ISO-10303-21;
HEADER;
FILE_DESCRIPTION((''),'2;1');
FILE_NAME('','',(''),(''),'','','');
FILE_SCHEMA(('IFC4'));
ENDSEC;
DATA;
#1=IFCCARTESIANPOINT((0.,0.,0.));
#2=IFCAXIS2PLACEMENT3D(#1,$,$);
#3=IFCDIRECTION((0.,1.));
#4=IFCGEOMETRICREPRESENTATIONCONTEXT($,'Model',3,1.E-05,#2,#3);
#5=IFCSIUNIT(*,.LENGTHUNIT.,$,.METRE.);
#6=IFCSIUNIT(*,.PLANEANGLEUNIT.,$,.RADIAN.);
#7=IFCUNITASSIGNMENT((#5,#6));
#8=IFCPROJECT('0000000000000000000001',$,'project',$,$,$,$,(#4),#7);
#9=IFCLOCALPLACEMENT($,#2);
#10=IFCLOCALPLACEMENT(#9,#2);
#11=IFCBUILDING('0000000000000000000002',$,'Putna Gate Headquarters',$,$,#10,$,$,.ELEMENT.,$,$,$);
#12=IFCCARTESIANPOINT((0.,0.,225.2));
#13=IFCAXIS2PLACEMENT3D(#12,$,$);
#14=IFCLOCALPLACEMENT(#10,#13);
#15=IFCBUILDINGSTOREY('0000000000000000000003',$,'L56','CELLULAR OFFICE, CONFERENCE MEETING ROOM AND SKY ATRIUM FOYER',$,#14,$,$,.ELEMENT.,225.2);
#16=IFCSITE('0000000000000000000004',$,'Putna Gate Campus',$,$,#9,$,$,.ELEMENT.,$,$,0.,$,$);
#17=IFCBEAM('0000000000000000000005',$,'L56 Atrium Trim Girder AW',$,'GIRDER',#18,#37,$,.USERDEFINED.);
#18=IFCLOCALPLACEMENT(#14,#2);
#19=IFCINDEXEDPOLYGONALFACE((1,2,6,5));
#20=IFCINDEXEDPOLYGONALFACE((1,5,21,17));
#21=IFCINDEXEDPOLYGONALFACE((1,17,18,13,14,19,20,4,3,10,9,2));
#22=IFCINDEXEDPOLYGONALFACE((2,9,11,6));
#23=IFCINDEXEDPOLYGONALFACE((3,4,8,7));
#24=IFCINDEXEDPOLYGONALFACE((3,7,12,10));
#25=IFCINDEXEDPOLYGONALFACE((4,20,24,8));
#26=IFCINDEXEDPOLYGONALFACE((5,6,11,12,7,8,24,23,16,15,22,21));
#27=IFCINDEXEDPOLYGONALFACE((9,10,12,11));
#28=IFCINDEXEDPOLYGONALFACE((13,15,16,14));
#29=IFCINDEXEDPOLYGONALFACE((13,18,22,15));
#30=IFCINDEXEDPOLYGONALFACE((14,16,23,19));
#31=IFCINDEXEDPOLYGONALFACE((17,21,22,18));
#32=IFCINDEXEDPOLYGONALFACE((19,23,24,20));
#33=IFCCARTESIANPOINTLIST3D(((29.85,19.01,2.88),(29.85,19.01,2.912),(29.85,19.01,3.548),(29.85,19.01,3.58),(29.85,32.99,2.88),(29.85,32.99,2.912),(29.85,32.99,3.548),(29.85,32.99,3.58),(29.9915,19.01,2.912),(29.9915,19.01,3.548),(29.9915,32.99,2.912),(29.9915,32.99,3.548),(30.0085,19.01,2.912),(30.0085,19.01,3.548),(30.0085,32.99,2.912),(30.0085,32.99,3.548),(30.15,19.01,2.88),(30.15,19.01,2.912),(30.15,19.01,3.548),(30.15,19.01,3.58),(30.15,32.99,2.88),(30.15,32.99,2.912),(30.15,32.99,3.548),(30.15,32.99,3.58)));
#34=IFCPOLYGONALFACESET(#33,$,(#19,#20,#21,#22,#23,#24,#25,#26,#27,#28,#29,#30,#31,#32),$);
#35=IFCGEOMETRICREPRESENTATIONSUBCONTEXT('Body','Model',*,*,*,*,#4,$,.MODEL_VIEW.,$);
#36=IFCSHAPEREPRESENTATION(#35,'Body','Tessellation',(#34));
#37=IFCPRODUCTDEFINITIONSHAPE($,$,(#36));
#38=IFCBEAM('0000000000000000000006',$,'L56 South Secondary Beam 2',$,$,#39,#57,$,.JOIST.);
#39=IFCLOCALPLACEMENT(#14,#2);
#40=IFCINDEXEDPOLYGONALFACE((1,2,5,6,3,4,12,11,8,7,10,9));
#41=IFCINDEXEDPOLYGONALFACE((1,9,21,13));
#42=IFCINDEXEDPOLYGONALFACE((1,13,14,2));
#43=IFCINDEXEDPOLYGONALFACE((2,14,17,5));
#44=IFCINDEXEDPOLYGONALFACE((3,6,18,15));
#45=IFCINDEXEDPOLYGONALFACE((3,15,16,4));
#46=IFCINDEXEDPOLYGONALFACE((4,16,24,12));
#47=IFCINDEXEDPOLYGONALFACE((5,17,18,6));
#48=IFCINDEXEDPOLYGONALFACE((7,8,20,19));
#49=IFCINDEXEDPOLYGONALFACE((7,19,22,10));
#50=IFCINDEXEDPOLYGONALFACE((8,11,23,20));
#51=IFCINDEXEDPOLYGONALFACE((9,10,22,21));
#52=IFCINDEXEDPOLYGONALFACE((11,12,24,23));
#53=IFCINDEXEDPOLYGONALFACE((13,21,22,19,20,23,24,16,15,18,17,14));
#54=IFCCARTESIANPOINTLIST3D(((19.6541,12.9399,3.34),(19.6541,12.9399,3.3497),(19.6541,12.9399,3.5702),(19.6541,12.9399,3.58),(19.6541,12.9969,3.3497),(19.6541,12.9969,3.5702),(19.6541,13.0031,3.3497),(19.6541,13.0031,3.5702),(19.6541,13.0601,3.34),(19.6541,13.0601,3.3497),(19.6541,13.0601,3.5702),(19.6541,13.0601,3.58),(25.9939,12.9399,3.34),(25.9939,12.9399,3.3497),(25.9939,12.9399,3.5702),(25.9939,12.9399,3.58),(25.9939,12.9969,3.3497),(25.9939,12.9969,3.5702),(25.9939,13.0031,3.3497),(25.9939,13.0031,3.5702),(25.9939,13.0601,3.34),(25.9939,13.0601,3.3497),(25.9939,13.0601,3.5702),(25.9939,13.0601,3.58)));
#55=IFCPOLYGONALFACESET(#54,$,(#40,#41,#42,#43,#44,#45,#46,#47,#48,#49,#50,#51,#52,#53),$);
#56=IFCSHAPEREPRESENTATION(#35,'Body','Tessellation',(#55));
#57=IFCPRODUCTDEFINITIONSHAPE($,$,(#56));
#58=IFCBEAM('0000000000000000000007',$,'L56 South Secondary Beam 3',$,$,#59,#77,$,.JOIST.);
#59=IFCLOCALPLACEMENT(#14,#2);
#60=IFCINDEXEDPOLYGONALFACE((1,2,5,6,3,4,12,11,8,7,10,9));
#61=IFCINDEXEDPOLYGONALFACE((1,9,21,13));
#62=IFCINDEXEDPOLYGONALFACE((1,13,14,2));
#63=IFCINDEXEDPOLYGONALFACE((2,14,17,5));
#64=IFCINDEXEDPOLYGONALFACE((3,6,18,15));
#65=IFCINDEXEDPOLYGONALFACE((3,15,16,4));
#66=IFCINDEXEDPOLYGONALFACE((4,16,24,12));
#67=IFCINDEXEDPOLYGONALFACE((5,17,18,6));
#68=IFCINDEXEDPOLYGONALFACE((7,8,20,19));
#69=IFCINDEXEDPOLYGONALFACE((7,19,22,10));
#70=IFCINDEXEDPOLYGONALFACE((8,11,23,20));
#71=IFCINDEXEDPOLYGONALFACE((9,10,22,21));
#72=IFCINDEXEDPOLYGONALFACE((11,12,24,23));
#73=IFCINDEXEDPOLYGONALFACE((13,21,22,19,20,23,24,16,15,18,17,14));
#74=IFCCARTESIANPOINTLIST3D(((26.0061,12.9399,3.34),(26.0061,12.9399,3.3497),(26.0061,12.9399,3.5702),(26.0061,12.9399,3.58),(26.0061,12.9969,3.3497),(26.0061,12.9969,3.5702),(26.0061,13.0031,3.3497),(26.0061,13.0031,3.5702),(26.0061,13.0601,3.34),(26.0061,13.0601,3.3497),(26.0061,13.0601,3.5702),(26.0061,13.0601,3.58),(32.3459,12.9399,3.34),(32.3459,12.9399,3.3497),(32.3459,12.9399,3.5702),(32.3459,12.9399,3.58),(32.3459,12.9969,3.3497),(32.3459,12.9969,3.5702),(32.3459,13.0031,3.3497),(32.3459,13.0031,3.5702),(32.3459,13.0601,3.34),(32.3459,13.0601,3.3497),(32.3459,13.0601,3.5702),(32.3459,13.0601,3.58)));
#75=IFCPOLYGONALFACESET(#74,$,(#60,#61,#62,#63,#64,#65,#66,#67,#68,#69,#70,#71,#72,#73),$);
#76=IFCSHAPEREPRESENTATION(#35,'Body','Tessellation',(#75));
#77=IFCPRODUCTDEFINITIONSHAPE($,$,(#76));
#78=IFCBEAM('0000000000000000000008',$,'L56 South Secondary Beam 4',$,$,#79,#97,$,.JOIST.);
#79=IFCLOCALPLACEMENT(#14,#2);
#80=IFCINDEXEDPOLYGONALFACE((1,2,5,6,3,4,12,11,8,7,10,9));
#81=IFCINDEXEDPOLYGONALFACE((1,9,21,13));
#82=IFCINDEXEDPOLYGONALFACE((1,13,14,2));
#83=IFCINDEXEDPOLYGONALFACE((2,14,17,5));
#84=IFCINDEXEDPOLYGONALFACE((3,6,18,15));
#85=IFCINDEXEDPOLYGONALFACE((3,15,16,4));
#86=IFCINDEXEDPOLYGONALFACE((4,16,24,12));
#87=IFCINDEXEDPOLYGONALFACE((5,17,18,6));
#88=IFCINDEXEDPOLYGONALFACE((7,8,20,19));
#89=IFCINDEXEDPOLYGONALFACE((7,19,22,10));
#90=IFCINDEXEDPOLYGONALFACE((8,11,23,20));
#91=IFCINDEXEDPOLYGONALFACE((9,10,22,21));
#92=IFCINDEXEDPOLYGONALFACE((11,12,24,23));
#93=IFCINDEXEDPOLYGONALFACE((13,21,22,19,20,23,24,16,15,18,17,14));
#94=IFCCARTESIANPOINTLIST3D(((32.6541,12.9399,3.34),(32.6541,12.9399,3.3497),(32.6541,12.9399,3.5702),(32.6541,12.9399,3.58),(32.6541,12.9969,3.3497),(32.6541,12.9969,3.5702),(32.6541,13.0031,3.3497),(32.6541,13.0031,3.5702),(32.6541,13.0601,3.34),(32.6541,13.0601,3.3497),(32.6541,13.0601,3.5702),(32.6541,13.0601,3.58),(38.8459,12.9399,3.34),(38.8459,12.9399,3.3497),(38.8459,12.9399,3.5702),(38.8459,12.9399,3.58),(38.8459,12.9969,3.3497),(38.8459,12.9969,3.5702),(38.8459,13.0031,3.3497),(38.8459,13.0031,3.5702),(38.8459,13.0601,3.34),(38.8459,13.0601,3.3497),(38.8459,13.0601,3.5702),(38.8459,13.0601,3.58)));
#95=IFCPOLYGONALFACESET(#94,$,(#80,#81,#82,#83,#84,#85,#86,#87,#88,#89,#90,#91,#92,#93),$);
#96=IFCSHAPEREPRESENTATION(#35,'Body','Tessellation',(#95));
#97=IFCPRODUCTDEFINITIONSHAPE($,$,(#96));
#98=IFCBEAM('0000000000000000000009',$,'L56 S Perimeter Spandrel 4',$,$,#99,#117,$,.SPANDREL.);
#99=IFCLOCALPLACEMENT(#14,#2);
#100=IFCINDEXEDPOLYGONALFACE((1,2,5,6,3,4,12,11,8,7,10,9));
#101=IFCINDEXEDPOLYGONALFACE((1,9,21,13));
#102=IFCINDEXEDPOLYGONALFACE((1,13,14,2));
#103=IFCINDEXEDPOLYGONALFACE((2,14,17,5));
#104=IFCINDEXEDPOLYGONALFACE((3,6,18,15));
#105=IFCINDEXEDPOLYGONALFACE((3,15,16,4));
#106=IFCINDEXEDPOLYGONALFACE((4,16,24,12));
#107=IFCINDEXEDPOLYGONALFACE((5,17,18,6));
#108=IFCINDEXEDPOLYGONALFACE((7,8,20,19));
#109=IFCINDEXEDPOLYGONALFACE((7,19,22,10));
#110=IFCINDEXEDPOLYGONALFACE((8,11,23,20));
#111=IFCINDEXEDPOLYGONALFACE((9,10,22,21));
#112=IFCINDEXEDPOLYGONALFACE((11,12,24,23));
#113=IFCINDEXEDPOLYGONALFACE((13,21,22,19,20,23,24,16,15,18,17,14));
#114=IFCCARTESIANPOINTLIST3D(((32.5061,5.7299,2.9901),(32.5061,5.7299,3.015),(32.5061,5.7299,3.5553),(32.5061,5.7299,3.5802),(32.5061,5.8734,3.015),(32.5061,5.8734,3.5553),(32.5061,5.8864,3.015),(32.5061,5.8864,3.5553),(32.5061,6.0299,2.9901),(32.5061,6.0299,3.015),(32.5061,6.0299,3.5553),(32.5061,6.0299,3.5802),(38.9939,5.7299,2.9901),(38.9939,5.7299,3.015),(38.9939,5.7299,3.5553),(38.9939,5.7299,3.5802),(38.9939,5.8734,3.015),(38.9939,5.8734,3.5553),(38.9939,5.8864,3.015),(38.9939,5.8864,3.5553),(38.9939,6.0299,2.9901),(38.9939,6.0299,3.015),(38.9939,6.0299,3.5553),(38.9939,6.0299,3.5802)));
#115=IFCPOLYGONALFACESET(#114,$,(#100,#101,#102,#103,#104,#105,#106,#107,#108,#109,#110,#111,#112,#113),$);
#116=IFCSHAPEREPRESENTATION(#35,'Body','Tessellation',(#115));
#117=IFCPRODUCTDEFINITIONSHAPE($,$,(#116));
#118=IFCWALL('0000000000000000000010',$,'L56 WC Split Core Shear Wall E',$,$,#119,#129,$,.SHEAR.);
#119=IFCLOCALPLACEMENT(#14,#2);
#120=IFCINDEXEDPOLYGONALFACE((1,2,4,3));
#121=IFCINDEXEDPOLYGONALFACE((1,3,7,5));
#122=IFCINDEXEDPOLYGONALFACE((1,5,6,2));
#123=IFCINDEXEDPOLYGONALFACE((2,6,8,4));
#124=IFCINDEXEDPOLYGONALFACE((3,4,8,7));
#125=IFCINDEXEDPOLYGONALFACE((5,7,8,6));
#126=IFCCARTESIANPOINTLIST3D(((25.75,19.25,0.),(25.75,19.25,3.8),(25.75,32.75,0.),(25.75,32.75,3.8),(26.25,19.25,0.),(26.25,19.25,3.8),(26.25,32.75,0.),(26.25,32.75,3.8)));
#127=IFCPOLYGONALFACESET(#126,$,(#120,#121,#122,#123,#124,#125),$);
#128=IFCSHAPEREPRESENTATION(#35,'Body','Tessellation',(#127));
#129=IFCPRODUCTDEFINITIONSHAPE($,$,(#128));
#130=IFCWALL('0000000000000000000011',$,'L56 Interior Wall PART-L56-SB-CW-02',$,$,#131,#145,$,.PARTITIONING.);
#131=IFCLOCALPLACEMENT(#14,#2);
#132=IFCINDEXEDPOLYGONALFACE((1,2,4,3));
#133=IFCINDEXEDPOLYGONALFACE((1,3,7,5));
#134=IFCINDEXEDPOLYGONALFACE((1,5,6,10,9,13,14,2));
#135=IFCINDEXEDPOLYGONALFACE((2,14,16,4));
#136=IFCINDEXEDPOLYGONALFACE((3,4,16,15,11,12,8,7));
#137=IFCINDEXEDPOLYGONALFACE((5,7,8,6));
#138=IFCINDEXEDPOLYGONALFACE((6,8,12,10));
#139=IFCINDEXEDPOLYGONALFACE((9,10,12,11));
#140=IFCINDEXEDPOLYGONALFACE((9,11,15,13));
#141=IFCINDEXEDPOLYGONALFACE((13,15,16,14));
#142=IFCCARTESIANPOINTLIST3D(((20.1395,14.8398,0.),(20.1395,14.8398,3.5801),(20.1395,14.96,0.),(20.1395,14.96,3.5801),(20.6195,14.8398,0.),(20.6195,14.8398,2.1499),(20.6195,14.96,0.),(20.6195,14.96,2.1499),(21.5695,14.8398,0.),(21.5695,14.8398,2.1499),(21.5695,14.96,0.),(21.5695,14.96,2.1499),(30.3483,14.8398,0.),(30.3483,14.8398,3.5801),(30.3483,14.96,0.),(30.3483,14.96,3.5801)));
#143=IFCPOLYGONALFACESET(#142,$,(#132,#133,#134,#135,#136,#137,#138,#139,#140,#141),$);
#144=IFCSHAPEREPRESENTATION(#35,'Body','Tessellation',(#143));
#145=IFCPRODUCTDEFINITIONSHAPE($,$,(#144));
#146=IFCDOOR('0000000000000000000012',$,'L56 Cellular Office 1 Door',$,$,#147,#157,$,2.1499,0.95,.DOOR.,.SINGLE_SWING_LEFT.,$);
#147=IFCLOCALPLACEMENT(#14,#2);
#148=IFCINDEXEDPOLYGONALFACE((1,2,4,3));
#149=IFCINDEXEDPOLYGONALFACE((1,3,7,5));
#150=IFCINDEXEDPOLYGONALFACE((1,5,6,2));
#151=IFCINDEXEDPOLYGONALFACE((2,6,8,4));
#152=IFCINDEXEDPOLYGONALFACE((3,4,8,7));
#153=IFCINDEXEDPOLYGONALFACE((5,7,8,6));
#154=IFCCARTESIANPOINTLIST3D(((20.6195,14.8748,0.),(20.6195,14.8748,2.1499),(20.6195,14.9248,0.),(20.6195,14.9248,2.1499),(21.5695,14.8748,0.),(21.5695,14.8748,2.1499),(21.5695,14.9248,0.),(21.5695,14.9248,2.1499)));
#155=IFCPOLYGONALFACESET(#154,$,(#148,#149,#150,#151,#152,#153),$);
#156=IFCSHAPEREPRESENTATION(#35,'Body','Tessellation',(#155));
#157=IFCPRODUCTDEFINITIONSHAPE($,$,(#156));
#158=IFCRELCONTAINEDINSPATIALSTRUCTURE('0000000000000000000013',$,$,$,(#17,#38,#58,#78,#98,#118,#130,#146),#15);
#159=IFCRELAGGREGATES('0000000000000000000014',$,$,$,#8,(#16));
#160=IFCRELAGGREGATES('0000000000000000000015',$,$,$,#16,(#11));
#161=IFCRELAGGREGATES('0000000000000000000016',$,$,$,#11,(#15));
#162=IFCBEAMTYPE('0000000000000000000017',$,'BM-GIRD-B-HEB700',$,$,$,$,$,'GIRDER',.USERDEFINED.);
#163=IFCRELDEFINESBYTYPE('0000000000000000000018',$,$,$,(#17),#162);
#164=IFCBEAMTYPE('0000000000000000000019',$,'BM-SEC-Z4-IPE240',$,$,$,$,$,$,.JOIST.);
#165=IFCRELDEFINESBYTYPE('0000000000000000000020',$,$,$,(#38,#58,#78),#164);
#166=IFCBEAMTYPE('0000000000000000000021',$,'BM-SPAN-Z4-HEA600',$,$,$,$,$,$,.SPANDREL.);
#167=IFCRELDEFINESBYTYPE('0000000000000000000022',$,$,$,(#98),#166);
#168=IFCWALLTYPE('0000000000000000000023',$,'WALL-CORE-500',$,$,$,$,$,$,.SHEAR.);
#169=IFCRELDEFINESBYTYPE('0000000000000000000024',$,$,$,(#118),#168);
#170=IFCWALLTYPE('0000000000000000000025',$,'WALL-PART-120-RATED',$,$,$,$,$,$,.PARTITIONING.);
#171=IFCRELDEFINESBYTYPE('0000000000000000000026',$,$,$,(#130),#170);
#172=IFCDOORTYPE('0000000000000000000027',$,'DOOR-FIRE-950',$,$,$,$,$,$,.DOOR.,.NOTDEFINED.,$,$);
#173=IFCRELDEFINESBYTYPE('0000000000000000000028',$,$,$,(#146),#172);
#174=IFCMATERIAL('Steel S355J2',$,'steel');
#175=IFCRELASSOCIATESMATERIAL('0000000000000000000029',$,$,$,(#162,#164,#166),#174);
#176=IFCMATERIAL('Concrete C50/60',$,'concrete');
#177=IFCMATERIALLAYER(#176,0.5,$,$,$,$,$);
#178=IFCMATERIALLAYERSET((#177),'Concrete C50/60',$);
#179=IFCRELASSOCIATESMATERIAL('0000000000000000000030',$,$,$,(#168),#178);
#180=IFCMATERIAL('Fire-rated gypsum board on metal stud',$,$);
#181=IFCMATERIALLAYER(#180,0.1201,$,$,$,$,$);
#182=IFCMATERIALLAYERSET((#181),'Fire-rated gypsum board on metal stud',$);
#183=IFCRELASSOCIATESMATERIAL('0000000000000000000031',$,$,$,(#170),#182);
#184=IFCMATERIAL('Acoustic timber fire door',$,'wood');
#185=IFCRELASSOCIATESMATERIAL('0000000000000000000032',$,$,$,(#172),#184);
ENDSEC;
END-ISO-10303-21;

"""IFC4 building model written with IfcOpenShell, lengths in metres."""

from ifc_helpers import new_model, si_unit, direction, frame, frame_2d, origin, origin_2d, place, context, subcontext, project, spatial, rectangle, i_section, extrude, material, layer, layer_set, material_profile, profile_set, type_object, element, fill, save


model = new_model("IFC4")

# Units and contexts
model_context = context("Model", 3, precision=1e-05, world=origin(), true_north=direction((0.0, 1.0)))
body_context = subcontext(model_context, "Body", "Model", "MODEL_VIEW")
ifc_project = project(units=[si_unit("LENGTHUNIT", "METRE"), si_unit("PLANEANGLEUNIT", "RADIAN")], contexts=[model_context])

# Site, building, storey
site_placement = place(None, origin())
site = spatial("IfcSite", under=ifc_project, at=site_placement, Name="Putna Gate Campus", CompositionType="ELEMENT", RefElevation=0.0)
building_placement = place(site_placement, origin())
building = spatial("IfcBuilding", under=site, at=building_placement, Name="Putna Gate Headquarters", CompositionType="ELEMENT")
storey_placement = place(building_placement, frame((0.0, 0.0, 225.2)))
storey = spatial("IfcBuildingStorey", under=building, at=storey_placement, Name="L56", Description="CELLULAR OFFICE, CONFERENCE MEETING ROOM AND SKY ATRIUM FOYER", CompositionType="ELEMENT", Elevation=225.2)

# Beams
ifc_material_1 = material(Name="Steel S355J2", Category="steel")
ifc_material_profile_1 = material_profile(ifc_material_1, i_section(OverallWidth=0.3, OverallDepth=0.7, WebThickness=0.0171, FlangeThickness=0.032, at=origin_2d()), Name="Steel S355J2")
ifc_profile_set_1 = profile_set([ifc_material_profile_1], Name="Steel S355J2")
beam_type_1 = type_object("IfcBeamType", Name="BM-GIRD-B-HEB700", ElementType="GIRDER", PredefinedType="USERDEFINED", material=ifc_profile_set_1)
beam_1_placement = place(storey_placement, frame((30.0, 19.01, 3.23), z_axis=(0.0, 1.0, 0.0), x_axis=(-1.0, 0.0, 0.0)))
element("IfcBeam", 1, at=beam_1_placement, inside=storey, type_object=beam_type_1, Name="L56 Atrium Trim Girder AW", ObjectType="GIRDER", PredefinedType="USERDEFINED", context=body_context, shape_type="SweptSolid", body=[
    extrude(i_section(OverallWidth=0.3, OverallDepth=0.7, WebThickness=0.0171, FlangeThickness=0.032, at=origin_2d()), origin(), (0.0, 0.0, 1.0), 13.98),
])
ifc_material_profile_2 = material_profile(ifc_material_1, i_section(OverallWidth=0.1201, OverallDepth=0.24, WebThickness=0.0061, FlangeThickness=0.0098, at=origin_2d()), Name="Steel S355J2")
ifc_profile_set_2 = profile_set([ifc_material_profile_2], Name="Steel S355J2")
beam_type_2 = type_object("IfcBeamType", Name="BM-SEC-Z4-IPE240", PredefinedType="JOIST", material=ifc_profile_set_2)
for number, where, z_axis, x_axis, name in (
    (2, (19.6541, 13.0, 3.46), (1.0, 0.0, 0.0), (0.0, 1.0, 0.0), "L56 South Secondary Beam 2"),
    (3, (26.0061, 13.0, 3.46), (1.0, 0.0, 0.0), (0.0, 1.0, 0.0), "L56 South Secondary Beam 3"),
):
    element("IfcBeam", number, at=place(storey_placement, frame(where, z_axis=z_axis, x_axis=x_axis)), inside=storey, type_object=beam_type_2, Name=name, PredefinedType="JOIST", context=body_context, shape_type="SweptSolid", body=[
        extrude(i_section(OverallWidth=0.1201, OverallDepth=0.24, WebThickness=0.0061, FlangeThickness=0.0098, at=origin_2d()), origin(), (0.0, 0.0, 1.0), 6.3398),
    ])
beam_2_placement = place(storey_placement, frame((32.6541, 13.0, 3.46), z_axis=(1.0, 0.0, 0.0), x_axis=(0.0, 1.0, 0.0)))
element("IfcBeam", 4, at=beam_2_placement, inside=storey, type_object=beam_type_2, Name="L56 South Secondary Beam 4", PredefinedType="JOIST", context=body_context, shape_type="SweptSolid", body=[
    extrude(i_section(OverallWidth=0.1201, OverallDepth=0.24, WebThickness=0.0061, FlangeThickness=0.0098, at=origin_2d()), origin(), (0.0, 0.0, 1.0), 6.1919),
])
ifc_material_profile_3 = material_profile(ifc_material_1, i_section(OverallWidth=0.3, OverallDepth=0.5901, WebThickness=0.0129, FlangeThickness=0.0249, at=origin_2d()), Name="Steel S355J2")
ifc_profile_set_3 = profile_set([ifc_material_profile_3], Name="Steel S355J2")
beam_type_3 = type_object("IfcBeamType", Name="BM-SPAN-Z4-HEA600", PredefinedType="SPANDREL", material=ifc_profile_set_3)
beam_3_placement = place(storey_placement, frame((32.5061, 5.8799, 3.2852), z_axis=(1.0, 0.0, 0.0), x_axis=(0.0, 1.0, 0.0)))
element("IfcBeam", 5, at=beam_3_placement, inside=storey, type_object=beam_type_3, Name="L56 S Perimeter Spandrel 4", PredefinedType="SPANDREL", context=body_context, shape_type="SweptSolid", body=[
    extrude(i_section(OverallWidth=0.3, OverallDepth=0.5901, WebThickness=0.0129, FlangeThickness=0.0249, at=origin_2d()), origin(), (0.0, 0.0, 1.0), 6.4878),
])

# Wall
ifc_material_2 = material(Name="Concrete C50/60", Category="concrete")
ifc_layer_1 = layer(ifc_material_2, 0.5)
ifc_layer_set_1 = layer_set([ifc_layer_1], Name="Concrete C50/60")
wall_type_1 = type_object("IfcWallType", Name="WALL-CORE-500", PredefinedType="SHEAR", material=ifc_layer_set_1)
wall_1_placement = place(storey_placement, frame((26.0, 19.25, 0.0), z_axis=(0.0, 0.0, 1.0), x_axis=(0.0, 1.0, 0.0)))
element("IfcWall", 6, at=wall_1_placement, inside=storey, type_object=wall_type_1, Name="L56 WC Split Core Shear Wall E", PredefinedType="SHEAR", context=body_context, shape_type="SweptSolid", body=[
    extrude(rectangle(XDim=13.5, YDim=0.5, at=frame_2d((6.75, 0.0))), origin(), (0.0, 0.0, 1.0), 3.8),
])

# Wall, opening, door
ifc_material_3 = material(Name="Fire-rated gypsum board on metal stud")
ifc_layer_2 = layer(ifc_material_3, 0.1201)
ifc_layer_set_2 = layer_set([ifc_layer_2], Name="Fire-rated gypsum board on metal stud")
wall_type_2 = type_object("IfcWallType", Name="WALL-PART-120-RATED", PredefinedType="PARTITIONING", material=ifc_layer_set_2)
wall_2_placement = place(storey_placement, frame((20.1394, 14.8999, 0.0), z_axis=(0.0, 0.0, 1.0), x_axis=(1.0, 0.0, 0.0)))
wall_2 = element("IfcWall", 7, at=wall_2_placement, inside=storey, type_object=wall_type_2, Name="L56 Interior Wall PART-L56-SB-CW-02", PredefinedType="PARTITIONING", context=body_context, shape_type="SweptSolid", body=[
    extrude(rectangle(XDim=10.2087, YDim=0.1201, at=frame_2d((5.1045, 0.0))), origin(), (0.0, 0.0, 1.0), 3.5801),
])
opening_1_placement = place(wall_2_placement, frame((0.48, 0.0, 0.0)))
opening_1 = element("IfcOpeningElement", 8, at=opening_1_placement, cuts=wall_2, PredefinedType="OPENING", context=body_context, shape_type="SweptSolid", body=[
    extrude(rectangle(XDim=0.95, YDim=2.1499, at=frame_2d((0.4751, 1.075))), frame((0.0, 0.0701, 0.0), z_axis=(0.0, -1.0, 0.0), x_axis=(1.0, 0.0, 0.0)), (0.0, 0.0, 1.0), 0.1401),
])
ifc_material_4 = material(Name="Acoustic timber fire door", Category="wood")
door_type_1 = type_object("IfcDoorType", Name="DOOR-FIRE-950", OperationType="NOTDEFINED", PredefinedType="DOOR", material=ifc_material_4)
door_1_placement = place(opening_1_placement, origin())
door_1 = element("IfcDoor", 9, at=door_1_placement, inside=storey, type_object=door_type_1, Name="L56 Cellular Office 1 Door", OperationType="SINGLE_SWING_LEFT", OverallHeight=2.1499, OverallWidth=0.95, PredefinedType="DOOR", context=body_context, shape_type="SweptSolid", body=[
    extrude(rectangle(XDim=0.95, YDim=2.1499, at=frame_2d((0.4751, 1.075))), frame((0.0, 0.0249, 0.0), z_axis=(0.0, -1.0, 0.0), x_axis=(1.0, 0.0, 0.0)), (0.0, 0.0, 1.0), 0.05),
])
fill(opening_1, door_1)

save(model, "model.ifc")
